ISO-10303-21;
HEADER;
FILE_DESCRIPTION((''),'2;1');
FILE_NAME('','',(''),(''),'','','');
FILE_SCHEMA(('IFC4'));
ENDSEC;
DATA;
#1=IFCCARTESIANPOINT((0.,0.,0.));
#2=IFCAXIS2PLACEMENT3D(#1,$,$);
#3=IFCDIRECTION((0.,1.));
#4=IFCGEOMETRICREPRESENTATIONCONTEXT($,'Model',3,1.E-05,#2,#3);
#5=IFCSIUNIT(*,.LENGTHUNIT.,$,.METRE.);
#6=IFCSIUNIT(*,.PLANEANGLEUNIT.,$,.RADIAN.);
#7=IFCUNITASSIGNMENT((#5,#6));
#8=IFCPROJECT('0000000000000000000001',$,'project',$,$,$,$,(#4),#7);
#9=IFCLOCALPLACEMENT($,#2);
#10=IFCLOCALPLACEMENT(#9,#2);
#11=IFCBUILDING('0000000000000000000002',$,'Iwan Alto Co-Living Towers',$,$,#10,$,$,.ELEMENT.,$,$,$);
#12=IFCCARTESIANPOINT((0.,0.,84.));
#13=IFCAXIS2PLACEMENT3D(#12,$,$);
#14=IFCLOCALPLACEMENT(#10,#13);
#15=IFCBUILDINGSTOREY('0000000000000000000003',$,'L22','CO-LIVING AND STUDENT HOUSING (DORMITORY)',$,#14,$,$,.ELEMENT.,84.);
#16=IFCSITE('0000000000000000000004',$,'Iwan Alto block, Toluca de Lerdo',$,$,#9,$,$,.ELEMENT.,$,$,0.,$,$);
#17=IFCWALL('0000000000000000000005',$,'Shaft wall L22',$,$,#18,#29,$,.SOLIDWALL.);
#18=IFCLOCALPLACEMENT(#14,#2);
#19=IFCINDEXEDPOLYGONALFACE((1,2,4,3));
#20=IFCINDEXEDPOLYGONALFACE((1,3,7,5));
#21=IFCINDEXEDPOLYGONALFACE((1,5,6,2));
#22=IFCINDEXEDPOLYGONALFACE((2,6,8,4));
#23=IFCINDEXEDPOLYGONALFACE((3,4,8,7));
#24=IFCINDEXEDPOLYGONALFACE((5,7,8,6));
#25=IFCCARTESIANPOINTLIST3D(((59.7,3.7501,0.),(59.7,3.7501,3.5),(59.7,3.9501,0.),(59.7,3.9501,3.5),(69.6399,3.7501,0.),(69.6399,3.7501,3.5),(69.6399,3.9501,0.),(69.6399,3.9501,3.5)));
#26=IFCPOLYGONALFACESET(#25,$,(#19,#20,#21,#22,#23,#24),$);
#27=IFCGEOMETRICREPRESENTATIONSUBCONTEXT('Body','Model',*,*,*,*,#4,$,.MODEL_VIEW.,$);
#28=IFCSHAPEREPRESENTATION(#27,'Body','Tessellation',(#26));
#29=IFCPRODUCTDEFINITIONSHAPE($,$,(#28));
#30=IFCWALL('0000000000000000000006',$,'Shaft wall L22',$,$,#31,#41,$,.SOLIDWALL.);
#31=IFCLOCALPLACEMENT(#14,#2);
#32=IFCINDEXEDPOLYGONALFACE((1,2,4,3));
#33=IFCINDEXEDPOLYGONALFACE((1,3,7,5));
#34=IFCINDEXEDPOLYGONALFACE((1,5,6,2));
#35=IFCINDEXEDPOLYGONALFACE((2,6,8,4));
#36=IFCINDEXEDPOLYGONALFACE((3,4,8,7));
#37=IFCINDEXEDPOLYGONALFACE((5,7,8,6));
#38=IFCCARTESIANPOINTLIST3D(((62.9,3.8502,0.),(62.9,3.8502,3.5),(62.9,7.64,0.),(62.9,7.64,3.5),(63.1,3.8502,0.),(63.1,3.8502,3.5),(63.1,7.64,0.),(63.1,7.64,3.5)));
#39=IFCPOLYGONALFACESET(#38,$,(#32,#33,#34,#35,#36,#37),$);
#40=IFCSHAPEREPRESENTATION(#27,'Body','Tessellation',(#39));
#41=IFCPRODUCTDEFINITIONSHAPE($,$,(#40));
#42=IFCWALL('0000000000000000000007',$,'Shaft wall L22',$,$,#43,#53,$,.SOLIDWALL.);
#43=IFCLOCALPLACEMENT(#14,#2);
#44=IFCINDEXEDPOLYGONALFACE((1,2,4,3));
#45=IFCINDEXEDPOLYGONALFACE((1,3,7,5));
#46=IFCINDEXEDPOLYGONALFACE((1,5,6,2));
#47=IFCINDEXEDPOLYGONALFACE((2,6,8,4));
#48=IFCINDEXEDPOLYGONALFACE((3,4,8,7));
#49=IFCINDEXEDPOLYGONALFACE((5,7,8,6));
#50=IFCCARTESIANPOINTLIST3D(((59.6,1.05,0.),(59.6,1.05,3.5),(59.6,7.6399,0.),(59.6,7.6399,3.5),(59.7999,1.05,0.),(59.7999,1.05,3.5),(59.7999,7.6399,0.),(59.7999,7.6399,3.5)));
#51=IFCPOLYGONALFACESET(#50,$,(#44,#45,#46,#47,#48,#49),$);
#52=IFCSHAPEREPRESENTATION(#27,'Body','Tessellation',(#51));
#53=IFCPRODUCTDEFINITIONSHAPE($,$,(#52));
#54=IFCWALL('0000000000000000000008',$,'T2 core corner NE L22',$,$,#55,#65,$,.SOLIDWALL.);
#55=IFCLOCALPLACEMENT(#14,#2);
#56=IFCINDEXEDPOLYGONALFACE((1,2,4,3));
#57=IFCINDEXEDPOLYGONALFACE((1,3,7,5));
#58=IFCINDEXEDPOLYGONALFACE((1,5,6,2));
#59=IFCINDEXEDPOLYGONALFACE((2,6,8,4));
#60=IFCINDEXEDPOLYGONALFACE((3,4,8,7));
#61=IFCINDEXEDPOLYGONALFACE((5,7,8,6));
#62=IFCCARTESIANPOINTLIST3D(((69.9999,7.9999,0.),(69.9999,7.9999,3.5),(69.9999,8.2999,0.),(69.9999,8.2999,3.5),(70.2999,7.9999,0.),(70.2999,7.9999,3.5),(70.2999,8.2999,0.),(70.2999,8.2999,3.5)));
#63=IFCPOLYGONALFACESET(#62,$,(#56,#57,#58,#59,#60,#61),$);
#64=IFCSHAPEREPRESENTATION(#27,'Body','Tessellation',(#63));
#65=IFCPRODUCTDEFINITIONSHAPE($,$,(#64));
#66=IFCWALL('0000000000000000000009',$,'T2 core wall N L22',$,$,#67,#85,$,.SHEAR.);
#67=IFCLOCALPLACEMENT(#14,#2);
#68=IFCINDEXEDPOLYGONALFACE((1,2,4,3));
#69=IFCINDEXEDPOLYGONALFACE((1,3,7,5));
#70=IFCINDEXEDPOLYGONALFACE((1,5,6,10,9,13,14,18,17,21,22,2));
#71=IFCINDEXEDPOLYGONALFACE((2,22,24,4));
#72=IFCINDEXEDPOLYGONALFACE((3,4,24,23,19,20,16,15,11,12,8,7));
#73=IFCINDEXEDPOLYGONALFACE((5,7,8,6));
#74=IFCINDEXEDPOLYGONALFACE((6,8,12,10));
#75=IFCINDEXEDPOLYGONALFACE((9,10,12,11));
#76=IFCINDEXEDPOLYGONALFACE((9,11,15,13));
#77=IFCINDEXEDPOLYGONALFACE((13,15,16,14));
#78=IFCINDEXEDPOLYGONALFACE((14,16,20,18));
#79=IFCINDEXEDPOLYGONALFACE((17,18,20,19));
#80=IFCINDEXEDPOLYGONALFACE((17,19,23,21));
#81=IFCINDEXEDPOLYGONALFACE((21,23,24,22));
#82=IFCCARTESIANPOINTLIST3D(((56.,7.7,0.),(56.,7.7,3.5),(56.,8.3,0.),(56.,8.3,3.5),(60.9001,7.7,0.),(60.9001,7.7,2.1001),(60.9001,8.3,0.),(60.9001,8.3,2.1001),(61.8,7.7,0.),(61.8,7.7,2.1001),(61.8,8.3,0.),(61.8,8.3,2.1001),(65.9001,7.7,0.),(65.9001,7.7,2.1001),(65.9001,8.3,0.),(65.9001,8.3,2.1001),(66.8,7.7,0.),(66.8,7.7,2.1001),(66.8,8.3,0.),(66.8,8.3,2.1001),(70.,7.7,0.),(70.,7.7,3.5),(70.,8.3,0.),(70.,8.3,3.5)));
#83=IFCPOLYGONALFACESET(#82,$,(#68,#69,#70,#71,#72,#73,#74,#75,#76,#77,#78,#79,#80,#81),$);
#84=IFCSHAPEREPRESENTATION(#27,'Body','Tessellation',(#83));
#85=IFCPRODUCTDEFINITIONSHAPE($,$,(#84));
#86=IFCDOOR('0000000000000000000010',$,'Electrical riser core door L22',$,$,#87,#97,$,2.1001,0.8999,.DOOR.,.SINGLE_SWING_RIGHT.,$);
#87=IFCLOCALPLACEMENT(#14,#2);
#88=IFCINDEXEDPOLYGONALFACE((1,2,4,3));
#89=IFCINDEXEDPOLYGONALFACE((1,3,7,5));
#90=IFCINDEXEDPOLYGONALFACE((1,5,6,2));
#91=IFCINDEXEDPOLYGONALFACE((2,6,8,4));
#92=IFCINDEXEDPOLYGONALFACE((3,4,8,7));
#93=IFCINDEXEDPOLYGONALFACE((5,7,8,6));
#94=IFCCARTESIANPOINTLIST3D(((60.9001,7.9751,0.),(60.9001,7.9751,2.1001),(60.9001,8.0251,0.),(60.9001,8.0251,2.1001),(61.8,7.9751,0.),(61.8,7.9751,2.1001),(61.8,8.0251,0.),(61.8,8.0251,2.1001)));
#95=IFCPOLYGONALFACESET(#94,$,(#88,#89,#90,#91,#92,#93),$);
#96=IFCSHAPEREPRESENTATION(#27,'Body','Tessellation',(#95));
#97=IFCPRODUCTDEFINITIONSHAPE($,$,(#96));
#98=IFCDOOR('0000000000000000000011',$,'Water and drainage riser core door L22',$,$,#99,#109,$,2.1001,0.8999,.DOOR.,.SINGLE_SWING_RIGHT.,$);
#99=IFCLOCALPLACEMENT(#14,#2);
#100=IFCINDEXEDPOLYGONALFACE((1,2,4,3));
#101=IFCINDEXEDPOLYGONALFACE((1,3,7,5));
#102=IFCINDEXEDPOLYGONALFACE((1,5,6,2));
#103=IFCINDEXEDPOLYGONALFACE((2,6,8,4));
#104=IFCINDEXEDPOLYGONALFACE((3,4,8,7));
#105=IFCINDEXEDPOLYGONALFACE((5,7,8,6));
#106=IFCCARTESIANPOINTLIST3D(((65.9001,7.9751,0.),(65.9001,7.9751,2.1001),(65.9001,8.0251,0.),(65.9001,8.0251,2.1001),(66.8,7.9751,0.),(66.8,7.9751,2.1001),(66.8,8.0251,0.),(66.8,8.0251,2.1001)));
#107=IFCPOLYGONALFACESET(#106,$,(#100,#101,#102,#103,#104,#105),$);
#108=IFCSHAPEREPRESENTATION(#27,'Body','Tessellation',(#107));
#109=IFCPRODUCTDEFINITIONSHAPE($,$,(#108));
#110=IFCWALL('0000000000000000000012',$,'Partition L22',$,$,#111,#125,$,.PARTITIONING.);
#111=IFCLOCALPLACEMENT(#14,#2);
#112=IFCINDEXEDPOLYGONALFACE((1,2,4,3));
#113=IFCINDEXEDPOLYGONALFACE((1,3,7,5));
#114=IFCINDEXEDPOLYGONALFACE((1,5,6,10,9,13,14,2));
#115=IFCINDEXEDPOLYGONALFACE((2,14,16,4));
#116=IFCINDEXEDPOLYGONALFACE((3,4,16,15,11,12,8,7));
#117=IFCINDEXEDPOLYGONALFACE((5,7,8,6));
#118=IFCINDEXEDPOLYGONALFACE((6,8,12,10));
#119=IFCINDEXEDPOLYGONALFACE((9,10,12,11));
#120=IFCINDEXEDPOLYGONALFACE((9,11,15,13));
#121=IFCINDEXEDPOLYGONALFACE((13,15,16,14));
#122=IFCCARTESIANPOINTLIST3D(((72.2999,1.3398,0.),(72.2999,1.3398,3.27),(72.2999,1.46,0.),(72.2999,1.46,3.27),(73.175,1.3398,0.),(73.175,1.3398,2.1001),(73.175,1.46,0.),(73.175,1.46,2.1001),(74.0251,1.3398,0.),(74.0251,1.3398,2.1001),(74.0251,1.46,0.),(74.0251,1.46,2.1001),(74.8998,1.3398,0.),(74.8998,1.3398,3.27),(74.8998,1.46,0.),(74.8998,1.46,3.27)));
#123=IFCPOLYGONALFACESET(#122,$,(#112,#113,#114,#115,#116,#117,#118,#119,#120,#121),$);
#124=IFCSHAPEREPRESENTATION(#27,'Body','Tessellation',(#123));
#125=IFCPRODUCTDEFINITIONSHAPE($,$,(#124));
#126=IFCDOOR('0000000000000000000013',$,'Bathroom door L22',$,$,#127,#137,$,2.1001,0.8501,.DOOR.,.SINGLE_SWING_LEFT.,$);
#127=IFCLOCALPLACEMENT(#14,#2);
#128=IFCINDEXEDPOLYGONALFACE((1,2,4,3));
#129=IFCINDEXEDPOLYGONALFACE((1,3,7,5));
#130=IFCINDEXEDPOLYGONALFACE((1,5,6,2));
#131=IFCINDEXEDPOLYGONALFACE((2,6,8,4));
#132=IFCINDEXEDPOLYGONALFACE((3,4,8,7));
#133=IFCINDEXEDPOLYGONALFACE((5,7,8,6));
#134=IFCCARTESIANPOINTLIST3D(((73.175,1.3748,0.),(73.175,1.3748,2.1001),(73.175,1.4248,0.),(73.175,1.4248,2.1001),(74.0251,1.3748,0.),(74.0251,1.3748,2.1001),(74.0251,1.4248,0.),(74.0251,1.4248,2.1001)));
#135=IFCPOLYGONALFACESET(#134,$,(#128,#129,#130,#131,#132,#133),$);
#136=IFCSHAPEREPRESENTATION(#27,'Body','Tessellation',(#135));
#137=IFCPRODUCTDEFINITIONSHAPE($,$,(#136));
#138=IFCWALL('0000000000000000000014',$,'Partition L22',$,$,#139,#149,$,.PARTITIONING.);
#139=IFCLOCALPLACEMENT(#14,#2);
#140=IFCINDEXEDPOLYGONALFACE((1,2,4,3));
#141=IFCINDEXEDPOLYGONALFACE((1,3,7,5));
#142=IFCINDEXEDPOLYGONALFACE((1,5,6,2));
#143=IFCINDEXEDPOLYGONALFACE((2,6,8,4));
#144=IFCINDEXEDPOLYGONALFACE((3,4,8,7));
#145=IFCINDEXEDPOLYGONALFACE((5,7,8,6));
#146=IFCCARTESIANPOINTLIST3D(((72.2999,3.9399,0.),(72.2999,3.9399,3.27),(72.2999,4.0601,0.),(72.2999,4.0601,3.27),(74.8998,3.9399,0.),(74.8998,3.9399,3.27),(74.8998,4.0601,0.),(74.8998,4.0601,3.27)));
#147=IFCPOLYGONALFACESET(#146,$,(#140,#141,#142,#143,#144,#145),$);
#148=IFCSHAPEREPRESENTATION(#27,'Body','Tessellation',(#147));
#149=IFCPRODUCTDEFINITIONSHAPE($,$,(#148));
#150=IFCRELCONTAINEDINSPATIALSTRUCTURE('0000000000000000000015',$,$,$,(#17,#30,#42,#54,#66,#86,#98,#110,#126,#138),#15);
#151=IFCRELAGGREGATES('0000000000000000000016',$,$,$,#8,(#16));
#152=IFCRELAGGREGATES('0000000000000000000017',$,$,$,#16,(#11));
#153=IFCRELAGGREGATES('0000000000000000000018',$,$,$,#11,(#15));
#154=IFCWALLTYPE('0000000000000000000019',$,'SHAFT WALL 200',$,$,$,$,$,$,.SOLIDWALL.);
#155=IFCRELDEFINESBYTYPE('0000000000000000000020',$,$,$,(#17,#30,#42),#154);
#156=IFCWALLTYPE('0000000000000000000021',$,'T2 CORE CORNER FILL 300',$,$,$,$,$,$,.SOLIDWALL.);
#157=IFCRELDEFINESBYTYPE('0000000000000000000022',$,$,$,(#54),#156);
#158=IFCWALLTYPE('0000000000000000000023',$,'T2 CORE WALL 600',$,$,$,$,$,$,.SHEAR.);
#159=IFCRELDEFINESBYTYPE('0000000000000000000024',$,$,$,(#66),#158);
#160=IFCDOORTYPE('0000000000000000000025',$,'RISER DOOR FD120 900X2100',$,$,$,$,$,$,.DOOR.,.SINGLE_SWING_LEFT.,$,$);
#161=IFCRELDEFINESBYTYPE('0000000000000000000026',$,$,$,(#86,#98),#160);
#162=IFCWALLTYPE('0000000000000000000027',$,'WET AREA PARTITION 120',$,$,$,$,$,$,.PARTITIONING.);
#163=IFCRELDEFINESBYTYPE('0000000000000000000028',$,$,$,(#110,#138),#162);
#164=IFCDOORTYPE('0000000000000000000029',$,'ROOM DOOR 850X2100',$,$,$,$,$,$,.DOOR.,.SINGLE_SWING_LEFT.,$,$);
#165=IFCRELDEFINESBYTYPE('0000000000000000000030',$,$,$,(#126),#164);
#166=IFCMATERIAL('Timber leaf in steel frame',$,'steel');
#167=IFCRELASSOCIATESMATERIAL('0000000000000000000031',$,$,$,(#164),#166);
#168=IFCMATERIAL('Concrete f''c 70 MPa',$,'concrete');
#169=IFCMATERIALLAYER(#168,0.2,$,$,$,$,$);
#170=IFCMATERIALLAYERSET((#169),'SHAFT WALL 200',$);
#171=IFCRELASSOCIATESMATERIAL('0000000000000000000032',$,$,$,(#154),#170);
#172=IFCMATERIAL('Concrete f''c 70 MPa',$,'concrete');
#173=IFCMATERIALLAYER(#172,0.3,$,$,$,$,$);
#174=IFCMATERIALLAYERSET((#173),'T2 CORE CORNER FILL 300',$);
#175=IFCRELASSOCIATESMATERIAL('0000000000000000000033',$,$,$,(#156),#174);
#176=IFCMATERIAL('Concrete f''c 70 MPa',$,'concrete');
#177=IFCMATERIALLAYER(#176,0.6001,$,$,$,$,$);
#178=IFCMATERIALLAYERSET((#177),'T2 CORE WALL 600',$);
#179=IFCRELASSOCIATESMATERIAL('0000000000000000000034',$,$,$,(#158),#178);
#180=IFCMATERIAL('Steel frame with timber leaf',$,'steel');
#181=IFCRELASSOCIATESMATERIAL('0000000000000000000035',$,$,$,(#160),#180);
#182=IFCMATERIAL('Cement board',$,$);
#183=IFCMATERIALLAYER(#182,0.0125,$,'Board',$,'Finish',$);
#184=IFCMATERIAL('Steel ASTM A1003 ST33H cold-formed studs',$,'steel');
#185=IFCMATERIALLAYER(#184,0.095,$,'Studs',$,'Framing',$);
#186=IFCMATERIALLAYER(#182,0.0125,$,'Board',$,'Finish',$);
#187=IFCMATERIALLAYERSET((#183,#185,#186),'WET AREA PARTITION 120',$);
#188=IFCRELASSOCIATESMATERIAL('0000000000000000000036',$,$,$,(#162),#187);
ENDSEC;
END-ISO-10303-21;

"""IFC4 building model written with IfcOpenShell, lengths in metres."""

from ifc_helpers import new_model, si_unit, direction, frame, frame_2d, origin, place, context, subcontext, project, spatial, rectangle, extrude, material, layer, layer_set, type_object, element, fill, save


model = new_model("IFC4")

# Units and contexts
model_context = context("Model", 3, precision=1e-05, world=origin(), true_north=direction((0.0, 1.0)))
body_context = subcontext(model_context, "Body", "Model", "MODEL_VIEW")
ifc_project = project(units=[si_unit("LENGTHUNIT", "METRE"), si_unit("PLANEANGLEUNIT", "RADIAN")], contexts=[model_context])

# Site, building, storey
site_placement = place(None, origin())
site = spatial("IfcSite", under=ifc_project, at=site_placement, Name="Iwan Alto block, Toluca de Lerdo", CompositionType="ELEMENT", RefElevation=0.0)
building_placement = place(site_placement, origin())
building = spatial("IfcBuilding", under=site, at=building_placement, Name="Iwan Alto Co-Living Towers", CompositionType="ELEMENT")
storey_placement = place(building_placement, frame((0.0, 0.0, 84.0)))
storey = spatial("IfcBuildingStorey", under=building, at=storey_placement, Name="L22", Description="CO-LIVING AND STUDENT HOUSING (DORMITORY)", CompositionType="ELEMENT", Elevation=84.0)

# Shared definitions
ifc_material_1 = material(Name="Steel ASTM A1003 ST33H cold-formed studs", Category="steel")

# Shared definitions
ifc_material_2 = material(Name="Timber leaf in steel frame", Category="steel")
door_type_1 = type_object("IfcDoorType", Name="ROOM DOOR 850X2100", OperationType="SINGLE_SWING_LEFT", PredefinedType="DOOR", material=ifc_material_2)

# Walls
ifc_material_3 = material(Name="Concrete f'c 70 MPa", Category="concrete")
ifc_layer_1 = layer(ifc_material_3, 0.2)
ifc_layer_set_1 = layer_set([ifc_layer_1], Name="SHAFT WALL 200")
wall_type_1 = type_object("IfcWallType", Name="SHAFT WALL 200", PredefinedType="SOLIDWALL", material=ifc_layer_set_1)
wall_1_placement = place(storey_placement, frame((59.7, 3.8501, 0.0), z_axis=(0.0, 0.0, 1.0), x_axis=(1.0, 0.0, 0.0)))
element("IfcWall", 1, at=wall_1_placement, inside=storey, type_object=wall_type_1, Name="Shaft wall L22", PredefinedType="SOLIDWALL", context=body_context, shape_type="SweptSolid", body=[
    extrude(rectangle(XDim=9.9399, YDim=0.2, at=frame_2d((4.97, 0.0))), origin(), (0.0, 0.0, 1.0), 3.5),
])
wall_2_placement = place(storey_placement, frame((63.0, 3.8501, 0.0), z_axis=(0.0, 0.0, 1.0), x_axis=(0.0, 1.0, 0.0)))
element("IfcWall", 2, at=wall_2_placement, inside=storey, type_object=wall_type_1, Name="Shaft wall L22", PredefinedType="SOLIDWALL", context=body_context, shape_type="SweptSolid", body=[
    extrude(rectangle(XDim=3.7898, YDim=0.2, at=frame_2d((1.895, 0.0))), origin(), (0.0, 0.0, 1.0), 3.5),
])
wall_3_placement = place(storey_placement, frame((59.7, 1.05, 0.0), z_axis=(0.0, 0.0, 1.0), x_axis=(0.0, 1.0, 0.0)))
element("IfcWall", 3, at=wall_3_placement, inside=storey, type_object=wall_type_1, Name="Shaft wall L22", PredefinedType="SOLIDWALL", context=body_context, shape_type="SweptSolid", body=[
    extrude(rectangle(XDim=6.5898, YDim=0.2, at=frame_2d((3.2949, 0.0))), origin(), (0.0, 0.0, 1.0), 3.5),
])
ifc_material_4 = material(Name="Concrete f'c 70 MPa", Category="concrete")
ifc_layer_2 = layer(ifc_material_4, 0.3)
ifc_layer_set_2 = layer_set([ifc_layer_2], Name="T2 CORE CORNER FILL 300")
wall_type_2 = type_object("IfcWallType", Name="T2 CORE CORNER FILL 300", PredefinedType="SOLIDWALL", material=ifc_layer_set_2)
wall_4_placement = place(storey_placement, frame((70.0, 8.1499, 0.0), z_axis=(0.0, 0.0, 1.0), x_axis=(1.0, 0.0, 0.0)))
element("IfcWall", 4, at=wall_4_placement, inside=storey, type_object=wall_type_2, Name="T2 core corner NE L22", PredefinedType="SOLIDWALL", context=body_context, shape_type="SweptSolid", body=[
    extrude(rectangle(XDim=0.3, YDim=0.3, at=frame_2d((0.1499, 0.0))), origin(), (0.0, 0.0, 1.0), 3.5),
])

# Wall, openings, doors
ifc_material_5 = material(Name="Concrete f'c 70 MPa", Category="concrete")
ifc_layer_3 = layer(ifc_material_5, 0.6001)
ifc_layer_set_3 = layer_set([ifc_layer_3], Name="T2 CORE WALL 600")
wall_type_3 = type_object("IfcWallType", Name="T2 CORE WALL 600", PredefinedType="SHEAR", material=ifc_layer_set_3)
wall_5_placement = place(storey_placement, frame((70.0, 8.0, 0.0), z_axis=(0.0, 0.0, 1.0), x_axis=(-1.0, 0.0, 0.0)))
wall_5 = element("IfcWall", 5, at=wall_5_placement, inside=storey, type_object=wall_type_3, Name="T2 core wall N L22", PredefinedType="SHEAR", context=body_context, shape_type="SweptSolid", body=[
    extrude(rectangle(XDim=14.0, YDim=0.6001, at=frame_2d((7.0, 0.0))), origin(), (0.0, 0.0, 1.0), 3.5),
])
opening_1_placement = place(wall_5_placement, frame((8.2, 0.0, 0.0)))
opening_1 = element("IfcOpeningElement", 6, at=opening_1_placement, cuts=wall_5, PredefinedType="OPENING", context=body_context, shape_type="SweptSolid", body=[
    extrude(rectangle(XDim=0.8999, YDim=2.1001, at=frame_2d((0.45, 1.05))), frame((0.0, 0.3101, 0.0), z_axis=(0.0, -1.0, 0.0), x_axis=(1.0, 0.0, 0.0)), (0.0, 0.0, 1.0), 0.6201),
])
opening_2_placement = place(wall_5_placement, frame((3.2, 0.0, 0.0)))
opening_2 = element("IfcOpeningElement", 7, at=opening_2_placement, cuts=wall_5, PredefinedType="OPENING", context=body_context, shape_type="SweptSolid", body=[
    extrude(rectangle(XDim=0.8999, YDim=2.1001, at=frame_2d((0.45, 1.05))), frame((0.0, 0.3101, 0.0), z_axis=(0.0, -1.0, 0.0), x_axis=(1.0, 0.0, 0.0)), (0.0, 0.0, 1.0), 0.6201),
])
ifc_material_6 = material(Name="Steel frame with timber leaf", Category="steel")
door_type_2 = type_object("IfcDoorType", Name="RISER DOOR FD120 900X2100", OperationType="SINGLE_SWING_LEFT", PredefinedType="DOOR", material=ifc_material_6)
door_1_placement = place(opening_1_placement, origin())
door_1 = element("IfcDoor", 8, at=door_1_placement, inside=storey, type_object=door_type_2, Name="Electrical riser core door L22", OperationType="SINGLE_SWING_RIGHT", OverallHeight=2.1001, OverallWidth=0.8999, PredefinedType="DOOR", context=body_context, shape_type="SweptSolid", body=[
    extrude(rectangle(XDim=0.8999, YDim=2.1001, at=frame_2d((0.45, 1.05))), frame((0.0, 0.0249, 0.0), z_axis=(0.0, -1.0, 0.0), x_axis=(1.0, 0.0, 0.0)), (0.0, 0.0, 1.0), 0.05),
])
fill(opening_1, door_1)
door_2_placement = place(opening_2_placement, origin())
door_2 = element("IfcDoor", 9, at=door_2_placement, inside=storey, type_object=door_type_2, Name="Water and drainage riser core door L22", OperationType="SINGLE_SWING_RIGHT", OverallHeight=2.1001, OverallWidth=0.8999, PredefinedType="DOOR", context=body_context, shape_type="SweptSolid", body=[
    extrude(rectangle(XDim=0.8999, YDim=2.1001, at=frame_2d((0.45, 1.05))), frame((0.0, 0.0249, 0.0), z_axis=(0.0, -1.0, 0.0), x_axis=(1.0, 0.0, 0.0)), (0.0, 0.0, 1.0), 0.05),
])
fill(opening_2, door_2)

# Wall, opening, door
ifc_material_7 = material(Name="Cement board")
ifc_layer_4 = layer(ifc_material_7, 0.0125, Name="Board", Category="Finish")
ifc_layer_5 = layer(ifc_material_1, 0.095, Name="Studs", Category="Framing")
ifc_layer_6 = layer(ifc_material_7, 0.0125, Name="Board", Category="Finish")
ifc_layer_set_4 = layer_set([ifc_layer_4, ifc_layer_5, ifc_layer_6], Name="WET AREA PARTITION 120")
wall_type_4 = type_object("IfcWallType", Name="WET AREA PARTITION 120", PredefinedType="PARTITIONING", material=ifc_layer_set_4)
wall_6_placement = place(storey_placement, frame((72.3, 1.3999, 0.0), z_axis=(0.0, 0.0, 1.0), x_axis=(1.0, 0.0, 0.0)))
wall_6 = element("IfcWall", 10, at=wall_6_placement, inside=storey, type_object=wall_type_4, Name="Partition L22", PredefinedType="PARTITIONING", context=body_context, shape_type="SweptSolid", body=[
    extrude(rectangle(XDim=2.5999, YDim=0.1201, at=frame_2d((1.2998, 0.0))), origin(), (0.0, 0.0, 1.0), 3.27),
])
opening_3_placement = place(wall_6_placement, frame((0.875, 0.0, 0.0)))
opening_3 = element("IfcOpeningElement", 11, at=opening_3_placement, cuts=wall_6, PredefinedType="OPENING", context=body_context, shape_type="SweptSolid", body=[
    extrude(rectangle(XDim=0.8501, YDim=2.1001, at=frame_2d((0.425, 1.05))), frame((0.0, 0.0701, 0.0), z_axis=(0.0, -1.0, 0.0), x_axis=(1.0, 0.0, 0.0)), (0.0, 0.0, 1.0), 0.1401),
])
door_3_placement = place(opening_3_placement, origin())
door_3 = element("IfcDoor", 12, at=door_3_placement, inside=storey, type_object=door_type_1, Name="Bathroom door L22", OperationType="SINGLE_SWING_LEFT", OverallHeight=2.1001, OverallWidth=0.8501, PredefinedType="DOOR", context=body_context, shape_type="SweptSolid", body=[
    extrude(rectangle(XDim=0.8501, YDim=2.1001, at=frame_2d((0.425, 1.05))), frame((0.0, 0.0249, 0.0), z_axis=(0.0, -1.0, 0.0), x_axis=(1.0, 0.0, 0.0)), (0.0, 0.0, 1.0), 0.05),
])
fill(opening_3, door_3)

# Wall
wall_7_placement = place(storey_placement, frame((72.3, 4.0, 0.0), z_axis=(0.0, 0.0, 1.0), x_axis=(1.0, 0.0, 0.0)))
element("IfcWall", 13, at=wall_7_placement, inside=storey, type_object=wall_type_4, Name="Partition L22", PredefinedType="PARTITIONING", context=body_context, shape_type="SweptSolid", body=[
    extrude(rectangle(XDim=2.5999, YDim=0.1201, at=frame_2d((1.2998, 0.0))), origin(), (0.0, 0.0, 1.0), 3.27),
])

save(model, "model.ifc")
